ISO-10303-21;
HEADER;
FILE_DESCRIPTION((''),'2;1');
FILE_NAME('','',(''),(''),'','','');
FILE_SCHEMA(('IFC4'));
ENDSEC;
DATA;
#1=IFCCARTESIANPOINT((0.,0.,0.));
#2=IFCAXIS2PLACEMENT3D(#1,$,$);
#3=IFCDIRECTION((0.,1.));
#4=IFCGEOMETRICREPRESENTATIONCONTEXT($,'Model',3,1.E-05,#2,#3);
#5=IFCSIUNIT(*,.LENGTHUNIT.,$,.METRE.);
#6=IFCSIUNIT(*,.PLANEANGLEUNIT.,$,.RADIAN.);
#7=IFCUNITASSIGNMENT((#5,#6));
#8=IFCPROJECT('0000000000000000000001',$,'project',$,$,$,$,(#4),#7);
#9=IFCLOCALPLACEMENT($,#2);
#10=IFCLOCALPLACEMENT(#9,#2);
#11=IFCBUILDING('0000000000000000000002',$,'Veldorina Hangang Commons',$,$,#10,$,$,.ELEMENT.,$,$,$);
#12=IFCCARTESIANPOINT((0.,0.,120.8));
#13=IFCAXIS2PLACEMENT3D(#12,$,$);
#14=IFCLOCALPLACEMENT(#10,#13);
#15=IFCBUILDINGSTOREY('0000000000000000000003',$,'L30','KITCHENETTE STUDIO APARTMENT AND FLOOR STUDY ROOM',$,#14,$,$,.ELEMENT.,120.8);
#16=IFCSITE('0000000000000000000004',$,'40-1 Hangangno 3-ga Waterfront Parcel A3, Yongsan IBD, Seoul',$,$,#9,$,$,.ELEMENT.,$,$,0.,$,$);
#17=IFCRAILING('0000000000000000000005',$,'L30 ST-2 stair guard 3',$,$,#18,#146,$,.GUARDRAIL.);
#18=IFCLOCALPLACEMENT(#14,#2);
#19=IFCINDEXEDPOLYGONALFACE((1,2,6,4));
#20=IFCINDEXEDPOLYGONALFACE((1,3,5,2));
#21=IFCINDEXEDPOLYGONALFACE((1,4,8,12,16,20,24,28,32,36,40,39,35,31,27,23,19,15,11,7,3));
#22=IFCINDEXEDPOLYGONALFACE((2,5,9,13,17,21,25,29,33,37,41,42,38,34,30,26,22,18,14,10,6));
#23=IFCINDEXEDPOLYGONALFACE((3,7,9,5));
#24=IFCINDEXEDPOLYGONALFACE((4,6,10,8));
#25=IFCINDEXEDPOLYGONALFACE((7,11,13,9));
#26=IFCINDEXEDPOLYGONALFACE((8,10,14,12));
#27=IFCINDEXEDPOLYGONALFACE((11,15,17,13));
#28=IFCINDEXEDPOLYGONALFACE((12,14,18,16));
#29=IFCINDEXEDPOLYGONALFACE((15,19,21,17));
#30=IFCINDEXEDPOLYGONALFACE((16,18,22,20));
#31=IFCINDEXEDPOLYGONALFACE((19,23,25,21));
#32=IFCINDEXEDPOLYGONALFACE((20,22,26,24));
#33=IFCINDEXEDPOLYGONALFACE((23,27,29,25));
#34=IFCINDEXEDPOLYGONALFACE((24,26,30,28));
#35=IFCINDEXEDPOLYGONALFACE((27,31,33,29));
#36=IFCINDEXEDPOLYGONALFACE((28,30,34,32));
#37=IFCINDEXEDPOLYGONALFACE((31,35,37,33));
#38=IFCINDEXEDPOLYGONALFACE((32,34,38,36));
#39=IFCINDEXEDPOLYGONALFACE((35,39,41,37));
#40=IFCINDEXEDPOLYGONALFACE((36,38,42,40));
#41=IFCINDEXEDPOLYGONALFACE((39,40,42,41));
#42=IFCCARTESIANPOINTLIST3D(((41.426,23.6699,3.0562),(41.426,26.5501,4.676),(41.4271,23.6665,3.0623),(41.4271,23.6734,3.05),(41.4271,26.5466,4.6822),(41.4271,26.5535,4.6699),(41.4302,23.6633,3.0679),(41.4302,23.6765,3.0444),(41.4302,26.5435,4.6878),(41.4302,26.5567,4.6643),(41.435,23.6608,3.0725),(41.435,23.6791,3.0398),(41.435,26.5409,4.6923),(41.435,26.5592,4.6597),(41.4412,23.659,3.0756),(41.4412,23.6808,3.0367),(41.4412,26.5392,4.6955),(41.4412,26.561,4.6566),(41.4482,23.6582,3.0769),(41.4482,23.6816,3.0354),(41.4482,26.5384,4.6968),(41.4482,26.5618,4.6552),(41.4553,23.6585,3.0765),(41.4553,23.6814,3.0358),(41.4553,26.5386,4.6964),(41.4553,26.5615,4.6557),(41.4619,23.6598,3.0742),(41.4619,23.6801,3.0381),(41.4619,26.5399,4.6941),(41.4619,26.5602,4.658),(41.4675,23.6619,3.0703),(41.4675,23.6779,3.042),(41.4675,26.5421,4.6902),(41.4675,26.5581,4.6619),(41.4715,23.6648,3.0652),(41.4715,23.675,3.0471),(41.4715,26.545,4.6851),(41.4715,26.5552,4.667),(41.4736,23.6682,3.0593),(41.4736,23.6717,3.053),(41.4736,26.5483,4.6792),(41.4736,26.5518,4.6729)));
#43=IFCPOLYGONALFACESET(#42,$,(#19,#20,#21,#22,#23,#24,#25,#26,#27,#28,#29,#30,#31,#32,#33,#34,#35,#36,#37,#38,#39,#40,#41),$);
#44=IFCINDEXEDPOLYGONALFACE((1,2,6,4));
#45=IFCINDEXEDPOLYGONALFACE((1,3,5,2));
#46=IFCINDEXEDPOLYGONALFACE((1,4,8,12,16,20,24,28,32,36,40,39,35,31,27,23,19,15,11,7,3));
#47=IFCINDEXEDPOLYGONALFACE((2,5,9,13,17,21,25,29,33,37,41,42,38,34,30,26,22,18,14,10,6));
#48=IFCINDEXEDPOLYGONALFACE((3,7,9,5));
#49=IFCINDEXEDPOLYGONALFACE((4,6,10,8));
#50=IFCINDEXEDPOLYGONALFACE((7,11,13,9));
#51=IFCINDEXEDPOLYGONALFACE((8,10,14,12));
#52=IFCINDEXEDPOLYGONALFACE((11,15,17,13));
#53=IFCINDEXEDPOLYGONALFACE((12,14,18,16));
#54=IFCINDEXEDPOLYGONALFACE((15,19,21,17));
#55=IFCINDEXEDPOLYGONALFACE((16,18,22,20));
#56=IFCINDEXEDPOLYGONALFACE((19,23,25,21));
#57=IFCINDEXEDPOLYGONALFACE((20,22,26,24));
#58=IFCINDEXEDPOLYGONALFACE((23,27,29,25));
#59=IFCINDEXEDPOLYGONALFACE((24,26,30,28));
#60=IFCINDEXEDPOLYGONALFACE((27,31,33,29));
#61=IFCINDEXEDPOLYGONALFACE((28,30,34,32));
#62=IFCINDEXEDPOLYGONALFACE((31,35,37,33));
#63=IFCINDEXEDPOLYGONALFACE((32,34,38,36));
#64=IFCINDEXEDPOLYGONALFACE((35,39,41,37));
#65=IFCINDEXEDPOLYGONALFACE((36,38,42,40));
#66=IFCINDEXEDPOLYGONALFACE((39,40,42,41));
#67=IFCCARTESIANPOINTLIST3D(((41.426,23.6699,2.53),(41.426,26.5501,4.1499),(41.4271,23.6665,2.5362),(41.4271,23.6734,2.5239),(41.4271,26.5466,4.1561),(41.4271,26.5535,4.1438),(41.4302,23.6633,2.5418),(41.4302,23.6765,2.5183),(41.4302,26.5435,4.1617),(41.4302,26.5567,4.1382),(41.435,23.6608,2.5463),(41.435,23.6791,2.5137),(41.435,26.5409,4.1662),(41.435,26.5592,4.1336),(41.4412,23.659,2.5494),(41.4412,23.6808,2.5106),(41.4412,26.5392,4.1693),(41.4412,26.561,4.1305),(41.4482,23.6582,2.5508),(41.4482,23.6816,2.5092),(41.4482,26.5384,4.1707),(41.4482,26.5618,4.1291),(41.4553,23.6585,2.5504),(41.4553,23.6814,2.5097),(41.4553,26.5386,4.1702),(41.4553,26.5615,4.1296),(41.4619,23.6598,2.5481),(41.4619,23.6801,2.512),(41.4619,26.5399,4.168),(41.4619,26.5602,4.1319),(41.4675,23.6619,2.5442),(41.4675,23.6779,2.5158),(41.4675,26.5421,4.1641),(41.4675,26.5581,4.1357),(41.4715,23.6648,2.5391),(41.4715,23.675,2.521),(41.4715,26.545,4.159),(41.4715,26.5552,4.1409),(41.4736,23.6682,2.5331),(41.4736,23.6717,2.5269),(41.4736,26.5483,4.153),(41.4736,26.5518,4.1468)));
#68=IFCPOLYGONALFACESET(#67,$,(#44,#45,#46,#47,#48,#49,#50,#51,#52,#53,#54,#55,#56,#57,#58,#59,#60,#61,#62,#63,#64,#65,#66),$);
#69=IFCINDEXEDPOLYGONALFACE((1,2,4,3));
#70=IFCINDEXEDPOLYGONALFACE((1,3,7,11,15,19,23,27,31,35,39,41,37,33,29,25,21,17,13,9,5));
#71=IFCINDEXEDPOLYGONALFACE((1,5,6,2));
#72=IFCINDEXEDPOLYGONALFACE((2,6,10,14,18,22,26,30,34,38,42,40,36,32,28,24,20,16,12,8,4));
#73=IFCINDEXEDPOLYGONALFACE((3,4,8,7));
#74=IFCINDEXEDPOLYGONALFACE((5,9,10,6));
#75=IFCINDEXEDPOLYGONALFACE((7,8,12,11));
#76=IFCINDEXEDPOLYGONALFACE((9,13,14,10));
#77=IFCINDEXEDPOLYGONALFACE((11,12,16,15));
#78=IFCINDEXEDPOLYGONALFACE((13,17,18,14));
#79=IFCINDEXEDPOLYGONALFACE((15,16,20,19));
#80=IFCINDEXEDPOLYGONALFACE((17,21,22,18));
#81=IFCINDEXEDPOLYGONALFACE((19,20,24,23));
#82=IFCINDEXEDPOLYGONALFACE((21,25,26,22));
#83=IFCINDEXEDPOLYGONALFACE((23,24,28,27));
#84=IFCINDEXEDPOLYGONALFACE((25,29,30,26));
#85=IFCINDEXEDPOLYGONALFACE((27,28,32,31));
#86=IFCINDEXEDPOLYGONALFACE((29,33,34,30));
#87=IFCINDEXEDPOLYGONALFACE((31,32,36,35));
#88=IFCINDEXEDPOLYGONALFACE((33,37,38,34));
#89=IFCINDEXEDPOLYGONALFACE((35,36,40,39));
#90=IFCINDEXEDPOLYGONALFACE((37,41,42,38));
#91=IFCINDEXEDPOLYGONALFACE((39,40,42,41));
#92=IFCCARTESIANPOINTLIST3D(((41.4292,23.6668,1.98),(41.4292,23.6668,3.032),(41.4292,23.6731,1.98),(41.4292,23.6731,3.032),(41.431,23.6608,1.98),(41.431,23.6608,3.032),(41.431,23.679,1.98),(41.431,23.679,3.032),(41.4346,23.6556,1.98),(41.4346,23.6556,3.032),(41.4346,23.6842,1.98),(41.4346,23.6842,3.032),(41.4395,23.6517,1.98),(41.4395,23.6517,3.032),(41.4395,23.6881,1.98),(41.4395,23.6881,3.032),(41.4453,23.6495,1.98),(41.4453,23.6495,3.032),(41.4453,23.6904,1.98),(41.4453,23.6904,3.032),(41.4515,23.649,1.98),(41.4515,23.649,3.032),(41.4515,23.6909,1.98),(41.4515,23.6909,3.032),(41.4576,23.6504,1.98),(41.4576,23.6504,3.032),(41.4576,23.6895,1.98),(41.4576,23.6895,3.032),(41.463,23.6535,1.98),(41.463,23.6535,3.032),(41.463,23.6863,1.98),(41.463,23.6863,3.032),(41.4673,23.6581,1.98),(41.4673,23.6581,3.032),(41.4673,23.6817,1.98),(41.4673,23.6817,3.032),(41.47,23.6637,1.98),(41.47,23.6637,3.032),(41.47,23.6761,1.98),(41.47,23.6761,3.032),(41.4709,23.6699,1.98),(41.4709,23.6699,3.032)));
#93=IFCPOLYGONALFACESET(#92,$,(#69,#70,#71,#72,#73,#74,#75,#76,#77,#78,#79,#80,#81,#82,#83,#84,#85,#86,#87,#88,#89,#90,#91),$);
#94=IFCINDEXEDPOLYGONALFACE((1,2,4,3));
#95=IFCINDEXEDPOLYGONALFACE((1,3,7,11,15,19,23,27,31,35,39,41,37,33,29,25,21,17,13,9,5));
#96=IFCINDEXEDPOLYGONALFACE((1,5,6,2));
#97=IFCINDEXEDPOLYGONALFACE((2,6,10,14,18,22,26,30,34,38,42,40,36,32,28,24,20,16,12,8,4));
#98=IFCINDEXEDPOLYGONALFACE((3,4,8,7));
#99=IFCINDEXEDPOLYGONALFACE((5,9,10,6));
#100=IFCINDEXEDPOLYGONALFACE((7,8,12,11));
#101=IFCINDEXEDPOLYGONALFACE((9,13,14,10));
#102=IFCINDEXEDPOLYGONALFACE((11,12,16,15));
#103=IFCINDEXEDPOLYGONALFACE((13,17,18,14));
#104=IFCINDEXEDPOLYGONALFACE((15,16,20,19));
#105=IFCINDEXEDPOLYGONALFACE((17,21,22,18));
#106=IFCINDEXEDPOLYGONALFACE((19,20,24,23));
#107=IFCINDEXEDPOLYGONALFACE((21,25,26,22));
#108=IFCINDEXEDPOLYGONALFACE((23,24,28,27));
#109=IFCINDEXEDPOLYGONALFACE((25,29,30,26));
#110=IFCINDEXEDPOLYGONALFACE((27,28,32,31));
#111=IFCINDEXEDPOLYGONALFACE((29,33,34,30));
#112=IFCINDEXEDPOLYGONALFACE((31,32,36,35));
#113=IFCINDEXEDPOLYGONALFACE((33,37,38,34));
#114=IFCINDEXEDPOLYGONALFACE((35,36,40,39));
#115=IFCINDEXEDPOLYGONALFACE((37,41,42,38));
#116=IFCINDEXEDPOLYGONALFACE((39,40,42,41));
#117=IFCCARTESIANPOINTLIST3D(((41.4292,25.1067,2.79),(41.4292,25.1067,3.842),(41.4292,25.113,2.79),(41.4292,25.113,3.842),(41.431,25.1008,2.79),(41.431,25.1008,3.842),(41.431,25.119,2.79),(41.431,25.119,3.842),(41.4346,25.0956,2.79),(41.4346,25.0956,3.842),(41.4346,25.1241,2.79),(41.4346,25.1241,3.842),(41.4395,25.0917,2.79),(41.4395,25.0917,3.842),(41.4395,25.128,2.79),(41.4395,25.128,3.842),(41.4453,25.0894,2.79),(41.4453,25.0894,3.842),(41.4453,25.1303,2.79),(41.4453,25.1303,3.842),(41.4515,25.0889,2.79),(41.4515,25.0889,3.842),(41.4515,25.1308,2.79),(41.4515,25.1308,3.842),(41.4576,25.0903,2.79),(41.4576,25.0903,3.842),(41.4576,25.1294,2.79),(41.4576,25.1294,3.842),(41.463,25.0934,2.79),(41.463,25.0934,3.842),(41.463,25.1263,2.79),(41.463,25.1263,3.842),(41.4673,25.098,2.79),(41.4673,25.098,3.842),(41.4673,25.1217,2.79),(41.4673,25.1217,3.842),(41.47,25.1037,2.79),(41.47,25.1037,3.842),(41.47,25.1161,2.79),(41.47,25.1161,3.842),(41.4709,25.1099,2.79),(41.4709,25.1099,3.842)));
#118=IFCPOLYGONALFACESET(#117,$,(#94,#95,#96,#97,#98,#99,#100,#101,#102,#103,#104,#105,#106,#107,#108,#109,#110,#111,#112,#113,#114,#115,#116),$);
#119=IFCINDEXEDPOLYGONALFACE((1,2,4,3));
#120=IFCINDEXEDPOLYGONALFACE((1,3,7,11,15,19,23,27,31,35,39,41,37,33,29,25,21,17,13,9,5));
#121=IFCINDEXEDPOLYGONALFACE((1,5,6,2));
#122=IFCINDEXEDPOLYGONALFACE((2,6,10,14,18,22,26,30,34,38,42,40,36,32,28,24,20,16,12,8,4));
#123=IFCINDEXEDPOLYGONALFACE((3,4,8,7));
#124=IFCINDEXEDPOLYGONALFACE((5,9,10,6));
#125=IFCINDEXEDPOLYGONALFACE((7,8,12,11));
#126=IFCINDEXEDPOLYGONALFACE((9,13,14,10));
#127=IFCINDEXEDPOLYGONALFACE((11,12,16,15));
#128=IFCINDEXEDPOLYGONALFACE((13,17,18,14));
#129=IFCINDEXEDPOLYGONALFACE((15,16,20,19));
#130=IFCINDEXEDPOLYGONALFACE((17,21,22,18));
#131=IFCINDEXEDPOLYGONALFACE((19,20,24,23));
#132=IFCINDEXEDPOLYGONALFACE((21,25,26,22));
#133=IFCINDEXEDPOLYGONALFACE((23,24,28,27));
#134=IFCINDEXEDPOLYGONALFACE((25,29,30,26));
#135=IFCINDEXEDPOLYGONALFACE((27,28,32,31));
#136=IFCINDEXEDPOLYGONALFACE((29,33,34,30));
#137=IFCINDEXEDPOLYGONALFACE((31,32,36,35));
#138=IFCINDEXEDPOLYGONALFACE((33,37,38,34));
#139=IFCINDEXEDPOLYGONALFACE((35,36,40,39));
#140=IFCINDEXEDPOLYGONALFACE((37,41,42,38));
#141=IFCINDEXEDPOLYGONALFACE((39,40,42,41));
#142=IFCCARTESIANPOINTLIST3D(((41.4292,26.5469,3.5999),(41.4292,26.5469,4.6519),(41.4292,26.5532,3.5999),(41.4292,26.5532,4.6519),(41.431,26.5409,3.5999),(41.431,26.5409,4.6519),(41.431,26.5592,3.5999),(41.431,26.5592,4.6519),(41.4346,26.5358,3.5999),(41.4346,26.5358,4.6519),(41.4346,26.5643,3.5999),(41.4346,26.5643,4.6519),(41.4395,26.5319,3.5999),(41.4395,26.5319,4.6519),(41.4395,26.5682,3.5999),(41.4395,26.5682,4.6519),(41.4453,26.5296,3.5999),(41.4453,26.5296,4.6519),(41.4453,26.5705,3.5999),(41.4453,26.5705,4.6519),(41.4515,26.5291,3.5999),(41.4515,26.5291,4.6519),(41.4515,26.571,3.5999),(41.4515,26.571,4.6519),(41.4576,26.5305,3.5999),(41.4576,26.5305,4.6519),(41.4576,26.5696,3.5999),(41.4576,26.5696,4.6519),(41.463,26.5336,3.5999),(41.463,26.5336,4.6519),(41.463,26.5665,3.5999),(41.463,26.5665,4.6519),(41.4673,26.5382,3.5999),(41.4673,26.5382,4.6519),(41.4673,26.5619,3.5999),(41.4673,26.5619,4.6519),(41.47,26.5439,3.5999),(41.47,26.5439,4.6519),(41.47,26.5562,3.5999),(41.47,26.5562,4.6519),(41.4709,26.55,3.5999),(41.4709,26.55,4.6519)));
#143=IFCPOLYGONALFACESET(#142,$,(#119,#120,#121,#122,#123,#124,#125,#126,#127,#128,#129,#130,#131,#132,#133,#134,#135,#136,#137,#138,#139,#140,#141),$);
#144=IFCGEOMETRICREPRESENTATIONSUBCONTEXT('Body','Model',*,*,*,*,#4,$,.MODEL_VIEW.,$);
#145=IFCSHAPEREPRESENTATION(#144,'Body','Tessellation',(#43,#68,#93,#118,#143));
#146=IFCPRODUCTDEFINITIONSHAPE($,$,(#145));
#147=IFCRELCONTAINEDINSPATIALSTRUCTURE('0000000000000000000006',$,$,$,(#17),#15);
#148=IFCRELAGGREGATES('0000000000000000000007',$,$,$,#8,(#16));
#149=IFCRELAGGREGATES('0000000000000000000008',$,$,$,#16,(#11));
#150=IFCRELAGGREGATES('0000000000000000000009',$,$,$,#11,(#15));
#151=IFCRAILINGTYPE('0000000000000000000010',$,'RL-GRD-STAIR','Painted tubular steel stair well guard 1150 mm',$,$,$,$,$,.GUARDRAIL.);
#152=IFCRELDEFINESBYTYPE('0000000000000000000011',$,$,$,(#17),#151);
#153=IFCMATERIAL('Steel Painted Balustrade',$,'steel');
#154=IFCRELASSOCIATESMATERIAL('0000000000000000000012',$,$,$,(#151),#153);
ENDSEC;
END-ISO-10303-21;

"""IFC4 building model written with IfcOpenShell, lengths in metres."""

from ifc_helpers import new_model, si_unit, direction, frame, origin, origin_2d, place, context, subcontext, project, spatial, circle, extrude, material, type_object, element, save


model = new_model("IFC4")

# Units and contexts
model_context = context("Model", 3, precision=1e-05, world=origin(), true_north=direction((0.0, 1.0)))
body_context = subcontext(model_context, "Body", "Model", "MODEL_VIEW")
ifc_project = project(units=[si_unit("LENGTHUNIT", "METRE"), si_unit("PLANEANGLEUNIT", "RADIAN")], contexts=[model_context])

# Site, building, storey
site_placement = place(None, origin())
site = spatial("IfcSite", under=ifc_project, at=site_placement, Name="40-1 Hangangno 3-ga Waterfront Parcel A3, Yongsan IBD, Seoul", CompositionType="ELEMENT", RefElevation=0.0)
building_placement = place(site_placement, origin())
building = spatial("IfcBuilding", under=site, at=building_placement, Name="Veldorina Hangang Commons", CompositionType="ELEMENT")
storey_placement = place(building_placement, frame((0.0, 0.0, 120.8)))
storey = spatial("IfcBuildingStorey", under=building, at=storey_placement, Name="L30", Description="KITCHENETTE STUDIO APARTMENT AND FLOOR STUDY ROOM", CompositionType="ELEMENT", Elevation=120.8)

# Railing
ifc_material_1 = material(Name="Steel Painted Balustrade", Category="steel")
railing_type_1 = type_object("IfcRailingType", Name="RL-GRD-STAIR", Description="Painted tubular steel stair well guard 1150 mm", PredefinedType="GUARDRAIL", material=ifc_material_1)
railing_1_placement = place(storey_placement, frame((41.45, 23.6699, 1.98)))
element("IfcRailing", 1, at=railing_1_placement, inside=storey, type_object=railing_type_1, Name="L30 ST-2 stair guard 3", PredefinedType="GUARDRAIL", context=body_context, shape_type="SweptSolid", body=[
    extrude(circle(Radius=0.0239, at=origin_2d()), frame((0.0, 0.0, 1.0762), z_axis=(0.0, 0.871601, 0.490216), x_axis=(-1.0, 0.0, 0.0)), (0.0, 0.0, 1.0), 3.3044),
    extrude(circle(Radius=0.0239, at=origin_2d()), frame((0.0, 0.0, 0.55), z_axis=(0.0, 0.871601, 0.490216), x_axis=(-1.0, 0.0, 0.0)), (0.0, 0.0, 1.0), 3.3044),
    extrude(circle(Radius=0.021, at=origin_2d()), origin(), (0.0, 0.0, 1.0), 1.052),
    extrude(circle(Radius=0.021, at=origin_2d()), frame((0.0, 1.4399, 0.8101)), (0.0, 0.0, 1.0), 1.052),
    extrude(circle(Radius=0.021, at=origin_2d()), frame((0.0, 2.8801, 1.6199)), (0.0, 0.0, 1.0), 1.052),
])

save(model, "model.ifc")
